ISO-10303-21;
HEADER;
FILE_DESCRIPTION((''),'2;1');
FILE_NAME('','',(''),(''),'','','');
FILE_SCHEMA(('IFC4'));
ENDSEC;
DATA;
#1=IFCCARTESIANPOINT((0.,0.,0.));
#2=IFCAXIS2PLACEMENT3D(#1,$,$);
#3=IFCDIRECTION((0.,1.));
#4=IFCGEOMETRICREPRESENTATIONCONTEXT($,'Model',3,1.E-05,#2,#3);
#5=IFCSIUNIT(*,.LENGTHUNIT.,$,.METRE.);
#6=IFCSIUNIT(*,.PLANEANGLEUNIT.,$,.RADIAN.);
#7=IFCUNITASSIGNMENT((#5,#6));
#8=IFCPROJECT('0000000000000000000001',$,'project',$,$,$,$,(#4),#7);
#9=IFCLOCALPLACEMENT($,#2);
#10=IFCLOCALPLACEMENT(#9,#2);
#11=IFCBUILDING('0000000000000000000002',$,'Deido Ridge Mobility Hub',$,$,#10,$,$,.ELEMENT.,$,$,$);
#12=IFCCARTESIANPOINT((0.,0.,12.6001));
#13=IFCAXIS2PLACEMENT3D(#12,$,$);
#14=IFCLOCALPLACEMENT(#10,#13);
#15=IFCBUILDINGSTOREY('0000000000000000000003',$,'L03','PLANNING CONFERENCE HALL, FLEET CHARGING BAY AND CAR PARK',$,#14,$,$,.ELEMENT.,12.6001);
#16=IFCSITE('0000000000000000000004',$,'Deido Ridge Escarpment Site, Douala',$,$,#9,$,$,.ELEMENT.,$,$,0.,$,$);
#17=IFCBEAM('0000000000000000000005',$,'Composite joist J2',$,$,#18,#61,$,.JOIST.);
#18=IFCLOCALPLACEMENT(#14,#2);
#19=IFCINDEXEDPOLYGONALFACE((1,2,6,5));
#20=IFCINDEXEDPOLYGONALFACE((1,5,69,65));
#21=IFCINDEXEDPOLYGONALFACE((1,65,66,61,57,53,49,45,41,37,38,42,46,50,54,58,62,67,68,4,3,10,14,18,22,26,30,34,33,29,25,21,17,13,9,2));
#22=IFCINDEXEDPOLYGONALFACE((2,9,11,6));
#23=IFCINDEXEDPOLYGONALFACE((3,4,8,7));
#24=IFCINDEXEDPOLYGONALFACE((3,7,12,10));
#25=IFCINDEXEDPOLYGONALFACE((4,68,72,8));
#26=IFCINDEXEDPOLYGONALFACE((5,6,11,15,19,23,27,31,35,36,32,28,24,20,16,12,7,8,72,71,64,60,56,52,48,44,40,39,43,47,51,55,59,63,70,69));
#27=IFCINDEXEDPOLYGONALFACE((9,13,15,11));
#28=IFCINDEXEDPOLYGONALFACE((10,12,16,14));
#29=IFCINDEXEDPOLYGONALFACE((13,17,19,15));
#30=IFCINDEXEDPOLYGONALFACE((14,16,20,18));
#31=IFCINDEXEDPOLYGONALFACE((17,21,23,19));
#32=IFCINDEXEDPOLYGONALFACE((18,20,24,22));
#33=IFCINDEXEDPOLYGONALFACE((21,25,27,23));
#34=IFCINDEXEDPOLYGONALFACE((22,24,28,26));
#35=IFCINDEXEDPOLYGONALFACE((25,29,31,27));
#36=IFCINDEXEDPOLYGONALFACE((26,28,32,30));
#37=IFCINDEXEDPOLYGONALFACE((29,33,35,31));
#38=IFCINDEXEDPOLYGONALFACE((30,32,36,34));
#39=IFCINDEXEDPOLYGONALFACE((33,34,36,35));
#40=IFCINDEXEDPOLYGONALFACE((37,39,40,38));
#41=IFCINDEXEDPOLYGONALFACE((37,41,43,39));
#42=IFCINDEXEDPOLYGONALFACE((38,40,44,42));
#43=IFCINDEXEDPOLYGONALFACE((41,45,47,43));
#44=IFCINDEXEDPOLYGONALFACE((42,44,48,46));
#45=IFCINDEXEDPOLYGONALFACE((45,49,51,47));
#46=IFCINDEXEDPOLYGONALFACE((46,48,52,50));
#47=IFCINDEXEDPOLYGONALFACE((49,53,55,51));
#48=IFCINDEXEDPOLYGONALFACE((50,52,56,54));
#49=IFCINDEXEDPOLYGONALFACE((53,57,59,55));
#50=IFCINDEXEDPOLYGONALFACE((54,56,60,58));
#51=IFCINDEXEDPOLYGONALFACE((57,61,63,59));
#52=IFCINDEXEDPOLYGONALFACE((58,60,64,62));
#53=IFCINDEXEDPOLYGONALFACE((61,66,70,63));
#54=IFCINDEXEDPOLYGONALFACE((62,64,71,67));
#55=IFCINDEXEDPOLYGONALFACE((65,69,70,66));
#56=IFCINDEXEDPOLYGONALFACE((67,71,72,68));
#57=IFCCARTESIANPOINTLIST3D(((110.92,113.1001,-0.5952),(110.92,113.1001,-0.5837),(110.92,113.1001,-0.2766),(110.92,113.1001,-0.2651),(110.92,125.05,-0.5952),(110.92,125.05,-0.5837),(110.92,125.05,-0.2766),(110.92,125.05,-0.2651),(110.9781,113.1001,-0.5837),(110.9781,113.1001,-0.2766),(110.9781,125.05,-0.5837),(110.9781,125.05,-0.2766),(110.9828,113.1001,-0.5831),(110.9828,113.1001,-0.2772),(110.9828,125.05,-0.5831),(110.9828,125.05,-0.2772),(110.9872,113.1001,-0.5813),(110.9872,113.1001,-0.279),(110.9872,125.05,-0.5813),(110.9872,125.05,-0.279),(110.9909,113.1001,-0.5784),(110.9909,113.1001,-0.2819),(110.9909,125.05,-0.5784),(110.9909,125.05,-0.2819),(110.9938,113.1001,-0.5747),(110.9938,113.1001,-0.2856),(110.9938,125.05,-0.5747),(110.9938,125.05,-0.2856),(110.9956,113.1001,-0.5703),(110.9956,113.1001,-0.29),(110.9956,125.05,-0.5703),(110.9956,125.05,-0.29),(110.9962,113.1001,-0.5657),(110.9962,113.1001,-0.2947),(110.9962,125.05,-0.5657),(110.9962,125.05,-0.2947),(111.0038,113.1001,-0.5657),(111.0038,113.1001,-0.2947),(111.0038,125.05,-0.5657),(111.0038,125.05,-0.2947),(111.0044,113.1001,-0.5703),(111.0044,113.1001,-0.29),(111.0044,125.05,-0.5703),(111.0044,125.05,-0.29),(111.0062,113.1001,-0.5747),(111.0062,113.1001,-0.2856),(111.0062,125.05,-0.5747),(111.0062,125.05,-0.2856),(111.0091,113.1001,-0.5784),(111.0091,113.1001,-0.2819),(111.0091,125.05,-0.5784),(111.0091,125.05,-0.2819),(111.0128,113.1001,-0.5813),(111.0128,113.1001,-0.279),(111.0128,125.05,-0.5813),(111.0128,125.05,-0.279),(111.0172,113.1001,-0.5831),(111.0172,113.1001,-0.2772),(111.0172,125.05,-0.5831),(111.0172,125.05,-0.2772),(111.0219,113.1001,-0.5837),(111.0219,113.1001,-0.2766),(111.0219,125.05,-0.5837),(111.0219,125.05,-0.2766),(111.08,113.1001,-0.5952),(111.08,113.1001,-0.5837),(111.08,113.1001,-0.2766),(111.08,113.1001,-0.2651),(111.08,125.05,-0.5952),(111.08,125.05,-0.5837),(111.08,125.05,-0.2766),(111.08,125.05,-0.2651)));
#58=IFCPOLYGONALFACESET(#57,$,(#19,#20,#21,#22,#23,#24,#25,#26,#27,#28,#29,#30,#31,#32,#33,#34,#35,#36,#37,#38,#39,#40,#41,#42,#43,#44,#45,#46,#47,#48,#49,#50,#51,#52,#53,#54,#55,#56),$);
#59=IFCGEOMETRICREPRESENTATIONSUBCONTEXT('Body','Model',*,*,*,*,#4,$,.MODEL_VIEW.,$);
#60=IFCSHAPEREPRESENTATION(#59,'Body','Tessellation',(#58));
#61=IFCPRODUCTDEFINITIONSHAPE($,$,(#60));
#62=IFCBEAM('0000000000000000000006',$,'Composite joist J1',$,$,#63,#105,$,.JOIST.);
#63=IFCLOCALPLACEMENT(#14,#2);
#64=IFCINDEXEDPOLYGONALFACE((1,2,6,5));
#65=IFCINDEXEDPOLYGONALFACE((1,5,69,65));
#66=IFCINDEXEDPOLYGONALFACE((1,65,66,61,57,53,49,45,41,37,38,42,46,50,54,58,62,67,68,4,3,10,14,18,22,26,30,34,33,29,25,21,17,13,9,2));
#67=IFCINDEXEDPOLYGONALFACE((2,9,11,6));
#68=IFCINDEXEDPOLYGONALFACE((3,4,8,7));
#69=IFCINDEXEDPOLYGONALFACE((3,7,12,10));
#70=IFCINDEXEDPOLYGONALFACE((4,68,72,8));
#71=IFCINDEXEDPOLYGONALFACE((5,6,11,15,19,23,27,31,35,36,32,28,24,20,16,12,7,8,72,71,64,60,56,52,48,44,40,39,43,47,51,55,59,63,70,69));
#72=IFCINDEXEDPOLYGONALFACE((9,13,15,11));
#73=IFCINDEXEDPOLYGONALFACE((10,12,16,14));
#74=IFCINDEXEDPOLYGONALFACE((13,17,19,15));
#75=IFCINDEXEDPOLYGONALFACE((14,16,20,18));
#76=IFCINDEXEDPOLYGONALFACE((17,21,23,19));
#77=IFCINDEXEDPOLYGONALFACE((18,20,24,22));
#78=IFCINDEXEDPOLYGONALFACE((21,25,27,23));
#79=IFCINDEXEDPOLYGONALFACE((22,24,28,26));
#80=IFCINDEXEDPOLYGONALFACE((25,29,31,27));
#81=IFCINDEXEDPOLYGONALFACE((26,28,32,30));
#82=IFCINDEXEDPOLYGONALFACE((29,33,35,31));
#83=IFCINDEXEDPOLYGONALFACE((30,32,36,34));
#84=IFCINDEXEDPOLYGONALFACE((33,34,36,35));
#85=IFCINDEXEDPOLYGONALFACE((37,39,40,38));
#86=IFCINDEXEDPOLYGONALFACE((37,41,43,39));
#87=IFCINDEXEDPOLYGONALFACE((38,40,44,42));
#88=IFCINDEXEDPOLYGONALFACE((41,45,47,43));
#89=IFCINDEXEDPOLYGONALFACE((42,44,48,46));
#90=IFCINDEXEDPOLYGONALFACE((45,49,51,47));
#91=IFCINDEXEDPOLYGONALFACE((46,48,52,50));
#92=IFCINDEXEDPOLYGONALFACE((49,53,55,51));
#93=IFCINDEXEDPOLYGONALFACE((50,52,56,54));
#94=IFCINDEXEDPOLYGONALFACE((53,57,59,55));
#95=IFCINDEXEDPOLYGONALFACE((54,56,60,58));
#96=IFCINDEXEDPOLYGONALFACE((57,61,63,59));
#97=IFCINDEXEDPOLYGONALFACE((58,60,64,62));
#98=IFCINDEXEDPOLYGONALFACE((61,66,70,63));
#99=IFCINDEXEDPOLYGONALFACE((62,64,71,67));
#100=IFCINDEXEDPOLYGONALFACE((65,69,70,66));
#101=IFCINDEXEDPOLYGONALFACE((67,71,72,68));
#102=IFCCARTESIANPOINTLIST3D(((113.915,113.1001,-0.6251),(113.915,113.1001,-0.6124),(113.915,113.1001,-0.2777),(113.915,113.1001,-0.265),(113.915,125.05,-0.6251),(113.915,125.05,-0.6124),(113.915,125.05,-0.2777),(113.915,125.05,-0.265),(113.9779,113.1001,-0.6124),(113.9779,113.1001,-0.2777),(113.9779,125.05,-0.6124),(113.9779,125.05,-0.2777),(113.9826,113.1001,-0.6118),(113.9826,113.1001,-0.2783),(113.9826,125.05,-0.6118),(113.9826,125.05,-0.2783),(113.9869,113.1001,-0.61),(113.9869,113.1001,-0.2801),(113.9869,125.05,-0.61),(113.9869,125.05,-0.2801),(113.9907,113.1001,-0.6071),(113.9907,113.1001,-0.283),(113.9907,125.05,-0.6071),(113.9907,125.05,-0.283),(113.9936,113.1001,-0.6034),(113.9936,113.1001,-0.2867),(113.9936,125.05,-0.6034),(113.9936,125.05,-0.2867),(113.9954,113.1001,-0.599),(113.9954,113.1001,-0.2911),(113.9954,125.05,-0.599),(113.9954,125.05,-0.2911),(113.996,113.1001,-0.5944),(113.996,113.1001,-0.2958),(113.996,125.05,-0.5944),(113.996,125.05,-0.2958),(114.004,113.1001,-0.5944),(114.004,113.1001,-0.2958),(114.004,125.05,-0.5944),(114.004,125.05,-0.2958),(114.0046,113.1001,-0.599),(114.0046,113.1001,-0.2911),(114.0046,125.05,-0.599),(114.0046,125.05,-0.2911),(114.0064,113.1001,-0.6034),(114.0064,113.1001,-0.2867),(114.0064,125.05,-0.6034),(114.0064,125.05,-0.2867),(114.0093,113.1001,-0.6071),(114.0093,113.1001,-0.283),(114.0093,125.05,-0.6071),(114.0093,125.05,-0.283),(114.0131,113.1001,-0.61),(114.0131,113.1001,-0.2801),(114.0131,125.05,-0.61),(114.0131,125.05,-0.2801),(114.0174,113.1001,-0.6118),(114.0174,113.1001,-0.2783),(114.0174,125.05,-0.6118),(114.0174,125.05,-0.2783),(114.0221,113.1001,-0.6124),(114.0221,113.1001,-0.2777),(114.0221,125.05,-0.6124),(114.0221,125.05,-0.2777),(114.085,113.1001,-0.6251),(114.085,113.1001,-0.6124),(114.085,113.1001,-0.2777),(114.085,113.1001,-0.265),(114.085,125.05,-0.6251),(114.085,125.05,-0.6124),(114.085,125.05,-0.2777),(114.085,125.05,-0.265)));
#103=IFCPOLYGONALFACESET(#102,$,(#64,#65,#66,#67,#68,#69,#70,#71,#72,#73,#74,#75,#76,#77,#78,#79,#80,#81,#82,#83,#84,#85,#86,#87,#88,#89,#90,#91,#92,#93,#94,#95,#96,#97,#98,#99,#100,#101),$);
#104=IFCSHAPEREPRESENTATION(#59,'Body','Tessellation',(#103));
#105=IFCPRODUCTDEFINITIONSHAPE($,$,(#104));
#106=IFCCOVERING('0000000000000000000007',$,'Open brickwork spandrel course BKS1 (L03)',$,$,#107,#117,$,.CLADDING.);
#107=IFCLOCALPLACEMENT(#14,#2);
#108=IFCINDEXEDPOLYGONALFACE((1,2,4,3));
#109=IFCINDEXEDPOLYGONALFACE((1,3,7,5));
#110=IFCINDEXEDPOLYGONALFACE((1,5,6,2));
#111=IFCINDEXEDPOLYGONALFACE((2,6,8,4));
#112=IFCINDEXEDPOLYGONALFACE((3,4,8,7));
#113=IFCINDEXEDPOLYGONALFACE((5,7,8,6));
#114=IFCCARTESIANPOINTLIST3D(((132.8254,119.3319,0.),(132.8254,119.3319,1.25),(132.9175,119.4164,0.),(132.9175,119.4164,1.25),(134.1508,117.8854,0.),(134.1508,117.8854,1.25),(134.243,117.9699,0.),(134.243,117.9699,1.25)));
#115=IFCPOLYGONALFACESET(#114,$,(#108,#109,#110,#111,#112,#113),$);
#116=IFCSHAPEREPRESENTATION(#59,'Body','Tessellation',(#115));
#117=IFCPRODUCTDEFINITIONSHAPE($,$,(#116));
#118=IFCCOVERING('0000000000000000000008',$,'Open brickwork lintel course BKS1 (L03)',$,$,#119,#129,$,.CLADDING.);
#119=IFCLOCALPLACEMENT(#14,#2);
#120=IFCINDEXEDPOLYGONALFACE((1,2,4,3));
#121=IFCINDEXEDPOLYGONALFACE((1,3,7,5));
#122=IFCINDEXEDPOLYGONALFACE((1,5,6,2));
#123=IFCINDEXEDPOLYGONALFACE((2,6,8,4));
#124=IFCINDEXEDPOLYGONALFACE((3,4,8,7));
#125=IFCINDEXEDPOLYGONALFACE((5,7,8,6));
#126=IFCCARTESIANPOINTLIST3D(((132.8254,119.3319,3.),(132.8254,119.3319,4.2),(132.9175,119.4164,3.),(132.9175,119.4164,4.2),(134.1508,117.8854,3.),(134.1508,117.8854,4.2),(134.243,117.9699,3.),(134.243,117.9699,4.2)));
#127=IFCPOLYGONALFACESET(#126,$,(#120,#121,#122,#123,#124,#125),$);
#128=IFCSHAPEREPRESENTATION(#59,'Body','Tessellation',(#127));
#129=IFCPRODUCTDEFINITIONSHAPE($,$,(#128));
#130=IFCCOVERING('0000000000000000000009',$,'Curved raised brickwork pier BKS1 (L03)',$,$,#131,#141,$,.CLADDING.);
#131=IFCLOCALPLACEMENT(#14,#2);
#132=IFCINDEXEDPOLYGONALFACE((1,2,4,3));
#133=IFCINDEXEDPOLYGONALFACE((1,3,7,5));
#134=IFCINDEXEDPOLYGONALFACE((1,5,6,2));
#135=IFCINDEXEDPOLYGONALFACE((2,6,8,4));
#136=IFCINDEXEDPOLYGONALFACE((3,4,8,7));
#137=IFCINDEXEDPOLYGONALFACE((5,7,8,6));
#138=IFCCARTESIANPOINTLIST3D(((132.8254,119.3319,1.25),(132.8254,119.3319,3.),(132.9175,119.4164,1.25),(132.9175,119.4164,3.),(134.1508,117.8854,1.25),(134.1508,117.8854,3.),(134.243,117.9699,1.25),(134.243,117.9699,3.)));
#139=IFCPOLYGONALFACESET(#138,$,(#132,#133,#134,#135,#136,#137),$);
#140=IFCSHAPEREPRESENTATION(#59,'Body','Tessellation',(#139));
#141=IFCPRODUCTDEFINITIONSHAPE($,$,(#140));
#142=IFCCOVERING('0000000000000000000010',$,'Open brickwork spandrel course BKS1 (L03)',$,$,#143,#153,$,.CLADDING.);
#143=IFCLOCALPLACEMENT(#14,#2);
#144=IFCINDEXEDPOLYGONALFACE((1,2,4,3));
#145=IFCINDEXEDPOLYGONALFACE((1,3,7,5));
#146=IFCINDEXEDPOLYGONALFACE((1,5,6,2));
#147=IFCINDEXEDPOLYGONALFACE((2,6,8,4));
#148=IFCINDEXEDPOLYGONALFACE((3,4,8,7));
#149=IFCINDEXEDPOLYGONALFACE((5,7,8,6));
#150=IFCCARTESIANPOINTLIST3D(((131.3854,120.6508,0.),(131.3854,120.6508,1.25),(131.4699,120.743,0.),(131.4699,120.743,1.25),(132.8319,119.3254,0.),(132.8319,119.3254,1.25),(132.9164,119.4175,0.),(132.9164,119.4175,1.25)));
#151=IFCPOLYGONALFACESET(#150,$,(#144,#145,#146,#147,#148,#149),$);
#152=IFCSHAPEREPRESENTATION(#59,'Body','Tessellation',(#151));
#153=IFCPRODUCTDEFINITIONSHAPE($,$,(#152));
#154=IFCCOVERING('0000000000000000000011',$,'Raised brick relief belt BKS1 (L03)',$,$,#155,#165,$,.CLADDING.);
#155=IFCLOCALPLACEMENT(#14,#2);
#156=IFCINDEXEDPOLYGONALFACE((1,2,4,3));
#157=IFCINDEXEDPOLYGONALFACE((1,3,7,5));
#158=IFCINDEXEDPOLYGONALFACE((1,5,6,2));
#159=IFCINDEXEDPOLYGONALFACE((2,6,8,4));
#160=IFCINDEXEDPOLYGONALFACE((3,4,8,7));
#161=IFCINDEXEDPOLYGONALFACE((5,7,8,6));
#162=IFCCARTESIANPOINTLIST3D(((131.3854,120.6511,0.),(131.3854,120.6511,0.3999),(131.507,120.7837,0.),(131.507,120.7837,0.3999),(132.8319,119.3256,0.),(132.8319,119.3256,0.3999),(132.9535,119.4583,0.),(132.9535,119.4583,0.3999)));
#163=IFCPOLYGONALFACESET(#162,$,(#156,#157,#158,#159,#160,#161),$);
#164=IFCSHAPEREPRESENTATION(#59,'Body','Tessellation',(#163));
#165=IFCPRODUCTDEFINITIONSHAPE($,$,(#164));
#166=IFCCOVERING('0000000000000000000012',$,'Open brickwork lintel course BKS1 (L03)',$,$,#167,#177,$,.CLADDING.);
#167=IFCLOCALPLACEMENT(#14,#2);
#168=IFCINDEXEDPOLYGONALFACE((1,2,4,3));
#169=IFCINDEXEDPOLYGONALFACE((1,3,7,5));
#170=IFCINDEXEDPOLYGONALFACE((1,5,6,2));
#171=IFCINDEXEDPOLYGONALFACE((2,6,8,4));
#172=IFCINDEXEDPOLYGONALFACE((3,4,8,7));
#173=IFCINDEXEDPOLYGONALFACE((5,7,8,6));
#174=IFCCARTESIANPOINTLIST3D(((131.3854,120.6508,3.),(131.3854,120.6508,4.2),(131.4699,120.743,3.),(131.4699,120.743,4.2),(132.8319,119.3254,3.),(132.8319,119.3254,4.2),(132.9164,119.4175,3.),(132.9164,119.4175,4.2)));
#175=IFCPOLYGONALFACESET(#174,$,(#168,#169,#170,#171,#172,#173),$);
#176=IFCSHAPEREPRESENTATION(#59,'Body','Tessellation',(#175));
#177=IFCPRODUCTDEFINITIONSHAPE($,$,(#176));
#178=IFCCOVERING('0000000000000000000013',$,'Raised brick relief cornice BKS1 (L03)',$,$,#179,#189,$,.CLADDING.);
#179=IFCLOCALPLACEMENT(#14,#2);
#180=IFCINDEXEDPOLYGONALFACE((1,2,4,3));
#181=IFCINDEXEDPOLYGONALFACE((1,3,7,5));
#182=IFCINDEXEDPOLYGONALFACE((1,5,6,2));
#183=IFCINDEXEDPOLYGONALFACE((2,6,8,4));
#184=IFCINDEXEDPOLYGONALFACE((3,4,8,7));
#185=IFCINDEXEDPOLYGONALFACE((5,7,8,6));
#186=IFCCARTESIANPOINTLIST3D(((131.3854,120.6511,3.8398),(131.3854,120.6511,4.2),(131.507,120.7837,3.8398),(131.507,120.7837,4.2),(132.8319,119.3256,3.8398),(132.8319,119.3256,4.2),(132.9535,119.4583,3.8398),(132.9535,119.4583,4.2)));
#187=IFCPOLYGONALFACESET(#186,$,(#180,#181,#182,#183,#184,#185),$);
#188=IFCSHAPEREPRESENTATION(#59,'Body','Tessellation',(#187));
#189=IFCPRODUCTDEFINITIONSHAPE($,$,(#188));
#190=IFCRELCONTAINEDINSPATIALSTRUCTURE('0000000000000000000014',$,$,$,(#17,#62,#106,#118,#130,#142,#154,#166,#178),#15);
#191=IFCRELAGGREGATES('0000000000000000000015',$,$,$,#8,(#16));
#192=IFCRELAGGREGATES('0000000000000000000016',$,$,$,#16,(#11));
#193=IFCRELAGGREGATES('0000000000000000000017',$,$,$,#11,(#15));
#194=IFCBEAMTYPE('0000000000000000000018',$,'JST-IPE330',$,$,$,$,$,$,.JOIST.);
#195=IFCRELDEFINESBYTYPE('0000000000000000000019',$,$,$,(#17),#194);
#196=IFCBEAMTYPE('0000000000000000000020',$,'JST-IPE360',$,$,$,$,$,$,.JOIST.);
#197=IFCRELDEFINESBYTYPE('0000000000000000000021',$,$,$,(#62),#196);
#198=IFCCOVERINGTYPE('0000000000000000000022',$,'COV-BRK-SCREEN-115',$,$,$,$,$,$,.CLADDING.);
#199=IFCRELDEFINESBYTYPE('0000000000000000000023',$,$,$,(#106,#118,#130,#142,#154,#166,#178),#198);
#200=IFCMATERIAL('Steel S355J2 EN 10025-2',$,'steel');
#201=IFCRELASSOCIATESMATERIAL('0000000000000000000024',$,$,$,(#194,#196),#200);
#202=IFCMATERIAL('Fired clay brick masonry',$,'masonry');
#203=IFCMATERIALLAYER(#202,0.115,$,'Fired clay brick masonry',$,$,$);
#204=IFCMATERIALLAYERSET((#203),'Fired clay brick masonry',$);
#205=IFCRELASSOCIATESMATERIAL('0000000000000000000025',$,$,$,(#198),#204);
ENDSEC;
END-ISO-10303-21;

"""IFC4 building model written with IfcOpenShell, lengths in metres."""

from ifc_helpers import new_model, si_unit, direction, frame, origin, origin_2d, place, context, subcontext, project, spatial, rectangle, i_section, extrude, material, layer, layer_set, material_profile, profile_set, type_object, element, save


model = new_model("IFC4")

# Units and contexts
model_context = context("Model", 3, precision=1e-05, world=origin(), true_north=direction((0.0, 1.0)))
body_context = subcontext(model_context, "Body", "Model", "MODEL_VIEW")
ifc_project = project(units=[si_unit("LENGTHUNIT", "METRE"), si_unit("PLANEANGLEUNIT", "RADIAN")], contexts=[model_context])

# Site, building, storey
site_placement = place(None, origin())
site = spatial("IfcSite", under=ifc_project, at=site_placement, Name="Deido Ridge Escarpment Site, Douala", CompositionType="ELEMENT", RefElevation=0.0)
building_placement = place(site_placement, origin())
building = spatial("IfcBuilding", under=site, at=building_placement, Name="Deido Ridge Mobility Hub", CompositionType="ELEMENT")
storey_placement = place(building_placement, frame((0.0, 0.0, 12.6001)))
storey = spatial("IfcBuildingStorey", under=building, at=storey_placement, Name="L03", Description="PLANNING CONFERENCE HALL, FLEET CHARGING BAY AND CAR PARK", CompositionType="ELEMENT", Elevation=12.6001)

# Beams
ifc_material_1 = material(Name="Steel S355J2 EN 10025-2", Category="steel")
ifc_material_profile_1 = material_profile(ifc_material_1, i_section(OverallWidth=0.1599, OverallDepth=0.3301, WebThickness=0.0076, FlangeThickness=0.0115, FilletRadius=0.0181, at=origin_2d()), Name="IPE 330")
ifc_profile_set_1 = profile_set([ifc_material_profile_1], Name="Steel S355J2 EN 10025-2")
beam_type_1 = type_object("IfcBeamType", Name="JST-IPE330", PredefinedType="JOIST", material=ifc_profile_set_1)
beam_1_placement = place(storey_placement, frame((111.0, 113.1001, -0.4302), z_axis=(0.0, 1.0, 0.0), x_axis=(-1.0, 0.0, 0.0)))
element("IfcBeam", 1, at=beam_1_placement, inside=storey, type_object=beam_type_1, Name="Composite joist J2", PredefinedType="JOIST", context=body_context, shape_type="SweptSolid", body=[
    extrude(i_section(OverallWidth=0.1599, OverallDepth=0.3301, WebThickness=0.0076, FlangeThickness=0.0115, FilletRadius=0.0181, at=origin_2d()), origin(), (0.0, 0.0, 1.0), 11.95),
])
ifc_material_profile_2 = material_profile(ifc_material_1, i_section(OverallWidth=0.1699, OverallDepth=0.3601, WebThickness=0.0081, FlangeThickness=0.0127, FilletRadius=0.0181, at=origin_2d()), Name="IPE 360")
ifc_profile_set_2 = profile_set([ifc_material_profile_2], Name="Steel S355J2 EN 10025-2")
beam_type_2 = type_object("IfcBeamType", Name="JST-IPE360", PredefinedType="JOIST", material=ifc_profile_set_2)
beam_2_placement = place(storey_placement, frame((114.0, 113.1001, -0.4451), z_axis=(0.0, 1.0, 0.0), x_axis=(-1.0, 0.0, 0.0)))
element("IfcBeam", 2, at=beam_2_placement, inside=storey, type_object=beam_type_2, Name="Composite joist J1", PredefinedType="JOIST", context=body_context, shape_type="SweptSolid", body=[
    extrude(i_section(OverallWidth=0.1699, OverallDepth=0.3601, WebThickness=0.0081, FlangeThickness=0.0127, FilletRadius=0.0181, at=origin_2d()), origin(), (0.0, 0.0, 1.0), 11.95),
])

# Coverings
ifc_material_2 = material(Name="Fired clay brick masonry", Category="masonry")
ifc_layer = layer(ifc_material_2, 0.115, Name="Fired clay brick masonry")
ifc_layer_set = layer_set([ifc_layer], Name="Fired clay brick masonry")
covering_type = type_object("IfcCoveringType", Name="COV-BRK-SCREEN-115", PredefinedType="CLADDING", material=ifc_layer_set)
covering_1_placement = place(storey_placement, frame((133.5342, 118.6509, 0.0), z_axis=(0.0, 0.0, 1.0), x_axis=(-0.675577, 0.737289, 0.0)))
element("IfcCovering", 3, at=covering_1_placement, inside=storey, type_object=covering_type, Name="Open brickwork spandrel course BKS1 (L03)", PredefinedType="CLADDING", context=body_context, shape_type="SweptSolid", body=[
    extrude(rectangle(XDim=1.9619, YDim=0.125, at=origin_2d()), origin(), (0.0, 0.0, 1.0), 1.25),
])
covering_2_placement = place(storey_placement, frame((133.5342, 118.6509, 3.0), z_axis=(0.0, 0.0, 1.0), x_axis=(-0.675577, 0.737289, 0.0)))
element("IfcCovering", 4, at=covering_2_placement, inside=storey, type_object=covering_type, Name="Open brickwork lintel course BKS1 (L03)", PredefinedType="CLADDING", context=body_context, shape_type="SweptSolid", body=[
    extrude(rectangle(XDim=1.9619, YDim=0.125, at=origin_2d()), origin(), (0.0, 0.0, 1.0), 1.2),
])
covering_3_placement = place(storey_placement, frame((133.5342, 118.6509, 1.25), z_axis=(0.0, 0.0, 1.0), x_axis=(-0.675577, 0.737289, 0.0)))
element("IfcCovering", 5, at=covering_3_placement, inside=storey, type_object=covering_type, Name="Curved raised brickwork pier BKS1 (L03)", PredefinedType="CLADDING", context=body_context, shape_type="SweptSolid", body=[
    extrude(rectangle(XDim=1.9619, YDim=0.125, at=origin_2d()), origin(), (0.0, 0.0, 1.0), 1.75),
])
covering_4_placement = place(storey_placement, frame((132.1509, 120.0342, 0.0), z_axis=(0.0, 0.0, 1.0), x_axis=(-0.737289, 0.675577, 0.0)))
element("IfcCovering", 6, at=covering_4_placement, inside=storey, type_object=covering_type, Name="Open brickwork spandrel course BKS1 (L03)", PredefinedType="CLADDING", context=body_context, shape_type="SweptSolid", body=[
    extrude(rectangle(XDim=1.9619, YDim=0.125, at=origin_2d()), origin(), (0.0, 0.0, 1.0), 1.25),
])
covering_5_placement = place(storey_placement, frame((132.1694, 120.0547, 0.0), z_axis=(0.0, 0.0, 1.0), x_axis=(-0.737289, 0.675577, 0.0)))
element("IfcCovering", 7, at=covering_5_placement, inside=storey, type_object=covering_type, Name="Raised brick relief belt BKS1 (L03)", PredefinedType="CLADDING", context=body_context, shape_type="SweptSolid", body=[
    extrude(rectangle(XDim=1.9619, YDim=0.1799, at=origin_2d()), origin(), (0.0, 0.0, 1.0), 0.3999),
])
covering_6_placement = place(storey_placement, frame((132.1509, 120.0342, 3.0), z_axis=(0.0, 0.0, 1.0), x_axis=(-0.737289, 0.675577, 0.0)))
element("IfcCovering", 8, at=covering_6_placement, inside=storey, type_object=covering_type, Name="Open brickwork lintel course BKS1 (L03)", PredefinedType="CLADDING", context=body_context, shape_type="SweptSolid", body=[
    extrude(rectangle(XDim=1.9619, YDim=0.125, at=origin_2d()), origin(), (0.0, 0.0, 1.0), 1.2),
])
covering_7_placement = place(storey_placement, frame((132.1694, 120.0547, 3.8398), z_axis=(0.0, 0.0, 1.0), x_axis=(-0.737289, 0.675577, 0.0)))
element("IfcCovering", 9, at=covering_7_placement, inside=storey, type_object=covering_type, Name="Raised brick relief cornice BKS1 (L03)", PredefinedType="CLADDING", context=body_context, shape_type="SweptSolid", body=[
    extrude(rectangle(XDim=1.9619, YDim=0.1799, at=origin_2d()), origin(), (0.0, 0.0, 1.0), 0.3601),
])

save(model, "model.ifc")
